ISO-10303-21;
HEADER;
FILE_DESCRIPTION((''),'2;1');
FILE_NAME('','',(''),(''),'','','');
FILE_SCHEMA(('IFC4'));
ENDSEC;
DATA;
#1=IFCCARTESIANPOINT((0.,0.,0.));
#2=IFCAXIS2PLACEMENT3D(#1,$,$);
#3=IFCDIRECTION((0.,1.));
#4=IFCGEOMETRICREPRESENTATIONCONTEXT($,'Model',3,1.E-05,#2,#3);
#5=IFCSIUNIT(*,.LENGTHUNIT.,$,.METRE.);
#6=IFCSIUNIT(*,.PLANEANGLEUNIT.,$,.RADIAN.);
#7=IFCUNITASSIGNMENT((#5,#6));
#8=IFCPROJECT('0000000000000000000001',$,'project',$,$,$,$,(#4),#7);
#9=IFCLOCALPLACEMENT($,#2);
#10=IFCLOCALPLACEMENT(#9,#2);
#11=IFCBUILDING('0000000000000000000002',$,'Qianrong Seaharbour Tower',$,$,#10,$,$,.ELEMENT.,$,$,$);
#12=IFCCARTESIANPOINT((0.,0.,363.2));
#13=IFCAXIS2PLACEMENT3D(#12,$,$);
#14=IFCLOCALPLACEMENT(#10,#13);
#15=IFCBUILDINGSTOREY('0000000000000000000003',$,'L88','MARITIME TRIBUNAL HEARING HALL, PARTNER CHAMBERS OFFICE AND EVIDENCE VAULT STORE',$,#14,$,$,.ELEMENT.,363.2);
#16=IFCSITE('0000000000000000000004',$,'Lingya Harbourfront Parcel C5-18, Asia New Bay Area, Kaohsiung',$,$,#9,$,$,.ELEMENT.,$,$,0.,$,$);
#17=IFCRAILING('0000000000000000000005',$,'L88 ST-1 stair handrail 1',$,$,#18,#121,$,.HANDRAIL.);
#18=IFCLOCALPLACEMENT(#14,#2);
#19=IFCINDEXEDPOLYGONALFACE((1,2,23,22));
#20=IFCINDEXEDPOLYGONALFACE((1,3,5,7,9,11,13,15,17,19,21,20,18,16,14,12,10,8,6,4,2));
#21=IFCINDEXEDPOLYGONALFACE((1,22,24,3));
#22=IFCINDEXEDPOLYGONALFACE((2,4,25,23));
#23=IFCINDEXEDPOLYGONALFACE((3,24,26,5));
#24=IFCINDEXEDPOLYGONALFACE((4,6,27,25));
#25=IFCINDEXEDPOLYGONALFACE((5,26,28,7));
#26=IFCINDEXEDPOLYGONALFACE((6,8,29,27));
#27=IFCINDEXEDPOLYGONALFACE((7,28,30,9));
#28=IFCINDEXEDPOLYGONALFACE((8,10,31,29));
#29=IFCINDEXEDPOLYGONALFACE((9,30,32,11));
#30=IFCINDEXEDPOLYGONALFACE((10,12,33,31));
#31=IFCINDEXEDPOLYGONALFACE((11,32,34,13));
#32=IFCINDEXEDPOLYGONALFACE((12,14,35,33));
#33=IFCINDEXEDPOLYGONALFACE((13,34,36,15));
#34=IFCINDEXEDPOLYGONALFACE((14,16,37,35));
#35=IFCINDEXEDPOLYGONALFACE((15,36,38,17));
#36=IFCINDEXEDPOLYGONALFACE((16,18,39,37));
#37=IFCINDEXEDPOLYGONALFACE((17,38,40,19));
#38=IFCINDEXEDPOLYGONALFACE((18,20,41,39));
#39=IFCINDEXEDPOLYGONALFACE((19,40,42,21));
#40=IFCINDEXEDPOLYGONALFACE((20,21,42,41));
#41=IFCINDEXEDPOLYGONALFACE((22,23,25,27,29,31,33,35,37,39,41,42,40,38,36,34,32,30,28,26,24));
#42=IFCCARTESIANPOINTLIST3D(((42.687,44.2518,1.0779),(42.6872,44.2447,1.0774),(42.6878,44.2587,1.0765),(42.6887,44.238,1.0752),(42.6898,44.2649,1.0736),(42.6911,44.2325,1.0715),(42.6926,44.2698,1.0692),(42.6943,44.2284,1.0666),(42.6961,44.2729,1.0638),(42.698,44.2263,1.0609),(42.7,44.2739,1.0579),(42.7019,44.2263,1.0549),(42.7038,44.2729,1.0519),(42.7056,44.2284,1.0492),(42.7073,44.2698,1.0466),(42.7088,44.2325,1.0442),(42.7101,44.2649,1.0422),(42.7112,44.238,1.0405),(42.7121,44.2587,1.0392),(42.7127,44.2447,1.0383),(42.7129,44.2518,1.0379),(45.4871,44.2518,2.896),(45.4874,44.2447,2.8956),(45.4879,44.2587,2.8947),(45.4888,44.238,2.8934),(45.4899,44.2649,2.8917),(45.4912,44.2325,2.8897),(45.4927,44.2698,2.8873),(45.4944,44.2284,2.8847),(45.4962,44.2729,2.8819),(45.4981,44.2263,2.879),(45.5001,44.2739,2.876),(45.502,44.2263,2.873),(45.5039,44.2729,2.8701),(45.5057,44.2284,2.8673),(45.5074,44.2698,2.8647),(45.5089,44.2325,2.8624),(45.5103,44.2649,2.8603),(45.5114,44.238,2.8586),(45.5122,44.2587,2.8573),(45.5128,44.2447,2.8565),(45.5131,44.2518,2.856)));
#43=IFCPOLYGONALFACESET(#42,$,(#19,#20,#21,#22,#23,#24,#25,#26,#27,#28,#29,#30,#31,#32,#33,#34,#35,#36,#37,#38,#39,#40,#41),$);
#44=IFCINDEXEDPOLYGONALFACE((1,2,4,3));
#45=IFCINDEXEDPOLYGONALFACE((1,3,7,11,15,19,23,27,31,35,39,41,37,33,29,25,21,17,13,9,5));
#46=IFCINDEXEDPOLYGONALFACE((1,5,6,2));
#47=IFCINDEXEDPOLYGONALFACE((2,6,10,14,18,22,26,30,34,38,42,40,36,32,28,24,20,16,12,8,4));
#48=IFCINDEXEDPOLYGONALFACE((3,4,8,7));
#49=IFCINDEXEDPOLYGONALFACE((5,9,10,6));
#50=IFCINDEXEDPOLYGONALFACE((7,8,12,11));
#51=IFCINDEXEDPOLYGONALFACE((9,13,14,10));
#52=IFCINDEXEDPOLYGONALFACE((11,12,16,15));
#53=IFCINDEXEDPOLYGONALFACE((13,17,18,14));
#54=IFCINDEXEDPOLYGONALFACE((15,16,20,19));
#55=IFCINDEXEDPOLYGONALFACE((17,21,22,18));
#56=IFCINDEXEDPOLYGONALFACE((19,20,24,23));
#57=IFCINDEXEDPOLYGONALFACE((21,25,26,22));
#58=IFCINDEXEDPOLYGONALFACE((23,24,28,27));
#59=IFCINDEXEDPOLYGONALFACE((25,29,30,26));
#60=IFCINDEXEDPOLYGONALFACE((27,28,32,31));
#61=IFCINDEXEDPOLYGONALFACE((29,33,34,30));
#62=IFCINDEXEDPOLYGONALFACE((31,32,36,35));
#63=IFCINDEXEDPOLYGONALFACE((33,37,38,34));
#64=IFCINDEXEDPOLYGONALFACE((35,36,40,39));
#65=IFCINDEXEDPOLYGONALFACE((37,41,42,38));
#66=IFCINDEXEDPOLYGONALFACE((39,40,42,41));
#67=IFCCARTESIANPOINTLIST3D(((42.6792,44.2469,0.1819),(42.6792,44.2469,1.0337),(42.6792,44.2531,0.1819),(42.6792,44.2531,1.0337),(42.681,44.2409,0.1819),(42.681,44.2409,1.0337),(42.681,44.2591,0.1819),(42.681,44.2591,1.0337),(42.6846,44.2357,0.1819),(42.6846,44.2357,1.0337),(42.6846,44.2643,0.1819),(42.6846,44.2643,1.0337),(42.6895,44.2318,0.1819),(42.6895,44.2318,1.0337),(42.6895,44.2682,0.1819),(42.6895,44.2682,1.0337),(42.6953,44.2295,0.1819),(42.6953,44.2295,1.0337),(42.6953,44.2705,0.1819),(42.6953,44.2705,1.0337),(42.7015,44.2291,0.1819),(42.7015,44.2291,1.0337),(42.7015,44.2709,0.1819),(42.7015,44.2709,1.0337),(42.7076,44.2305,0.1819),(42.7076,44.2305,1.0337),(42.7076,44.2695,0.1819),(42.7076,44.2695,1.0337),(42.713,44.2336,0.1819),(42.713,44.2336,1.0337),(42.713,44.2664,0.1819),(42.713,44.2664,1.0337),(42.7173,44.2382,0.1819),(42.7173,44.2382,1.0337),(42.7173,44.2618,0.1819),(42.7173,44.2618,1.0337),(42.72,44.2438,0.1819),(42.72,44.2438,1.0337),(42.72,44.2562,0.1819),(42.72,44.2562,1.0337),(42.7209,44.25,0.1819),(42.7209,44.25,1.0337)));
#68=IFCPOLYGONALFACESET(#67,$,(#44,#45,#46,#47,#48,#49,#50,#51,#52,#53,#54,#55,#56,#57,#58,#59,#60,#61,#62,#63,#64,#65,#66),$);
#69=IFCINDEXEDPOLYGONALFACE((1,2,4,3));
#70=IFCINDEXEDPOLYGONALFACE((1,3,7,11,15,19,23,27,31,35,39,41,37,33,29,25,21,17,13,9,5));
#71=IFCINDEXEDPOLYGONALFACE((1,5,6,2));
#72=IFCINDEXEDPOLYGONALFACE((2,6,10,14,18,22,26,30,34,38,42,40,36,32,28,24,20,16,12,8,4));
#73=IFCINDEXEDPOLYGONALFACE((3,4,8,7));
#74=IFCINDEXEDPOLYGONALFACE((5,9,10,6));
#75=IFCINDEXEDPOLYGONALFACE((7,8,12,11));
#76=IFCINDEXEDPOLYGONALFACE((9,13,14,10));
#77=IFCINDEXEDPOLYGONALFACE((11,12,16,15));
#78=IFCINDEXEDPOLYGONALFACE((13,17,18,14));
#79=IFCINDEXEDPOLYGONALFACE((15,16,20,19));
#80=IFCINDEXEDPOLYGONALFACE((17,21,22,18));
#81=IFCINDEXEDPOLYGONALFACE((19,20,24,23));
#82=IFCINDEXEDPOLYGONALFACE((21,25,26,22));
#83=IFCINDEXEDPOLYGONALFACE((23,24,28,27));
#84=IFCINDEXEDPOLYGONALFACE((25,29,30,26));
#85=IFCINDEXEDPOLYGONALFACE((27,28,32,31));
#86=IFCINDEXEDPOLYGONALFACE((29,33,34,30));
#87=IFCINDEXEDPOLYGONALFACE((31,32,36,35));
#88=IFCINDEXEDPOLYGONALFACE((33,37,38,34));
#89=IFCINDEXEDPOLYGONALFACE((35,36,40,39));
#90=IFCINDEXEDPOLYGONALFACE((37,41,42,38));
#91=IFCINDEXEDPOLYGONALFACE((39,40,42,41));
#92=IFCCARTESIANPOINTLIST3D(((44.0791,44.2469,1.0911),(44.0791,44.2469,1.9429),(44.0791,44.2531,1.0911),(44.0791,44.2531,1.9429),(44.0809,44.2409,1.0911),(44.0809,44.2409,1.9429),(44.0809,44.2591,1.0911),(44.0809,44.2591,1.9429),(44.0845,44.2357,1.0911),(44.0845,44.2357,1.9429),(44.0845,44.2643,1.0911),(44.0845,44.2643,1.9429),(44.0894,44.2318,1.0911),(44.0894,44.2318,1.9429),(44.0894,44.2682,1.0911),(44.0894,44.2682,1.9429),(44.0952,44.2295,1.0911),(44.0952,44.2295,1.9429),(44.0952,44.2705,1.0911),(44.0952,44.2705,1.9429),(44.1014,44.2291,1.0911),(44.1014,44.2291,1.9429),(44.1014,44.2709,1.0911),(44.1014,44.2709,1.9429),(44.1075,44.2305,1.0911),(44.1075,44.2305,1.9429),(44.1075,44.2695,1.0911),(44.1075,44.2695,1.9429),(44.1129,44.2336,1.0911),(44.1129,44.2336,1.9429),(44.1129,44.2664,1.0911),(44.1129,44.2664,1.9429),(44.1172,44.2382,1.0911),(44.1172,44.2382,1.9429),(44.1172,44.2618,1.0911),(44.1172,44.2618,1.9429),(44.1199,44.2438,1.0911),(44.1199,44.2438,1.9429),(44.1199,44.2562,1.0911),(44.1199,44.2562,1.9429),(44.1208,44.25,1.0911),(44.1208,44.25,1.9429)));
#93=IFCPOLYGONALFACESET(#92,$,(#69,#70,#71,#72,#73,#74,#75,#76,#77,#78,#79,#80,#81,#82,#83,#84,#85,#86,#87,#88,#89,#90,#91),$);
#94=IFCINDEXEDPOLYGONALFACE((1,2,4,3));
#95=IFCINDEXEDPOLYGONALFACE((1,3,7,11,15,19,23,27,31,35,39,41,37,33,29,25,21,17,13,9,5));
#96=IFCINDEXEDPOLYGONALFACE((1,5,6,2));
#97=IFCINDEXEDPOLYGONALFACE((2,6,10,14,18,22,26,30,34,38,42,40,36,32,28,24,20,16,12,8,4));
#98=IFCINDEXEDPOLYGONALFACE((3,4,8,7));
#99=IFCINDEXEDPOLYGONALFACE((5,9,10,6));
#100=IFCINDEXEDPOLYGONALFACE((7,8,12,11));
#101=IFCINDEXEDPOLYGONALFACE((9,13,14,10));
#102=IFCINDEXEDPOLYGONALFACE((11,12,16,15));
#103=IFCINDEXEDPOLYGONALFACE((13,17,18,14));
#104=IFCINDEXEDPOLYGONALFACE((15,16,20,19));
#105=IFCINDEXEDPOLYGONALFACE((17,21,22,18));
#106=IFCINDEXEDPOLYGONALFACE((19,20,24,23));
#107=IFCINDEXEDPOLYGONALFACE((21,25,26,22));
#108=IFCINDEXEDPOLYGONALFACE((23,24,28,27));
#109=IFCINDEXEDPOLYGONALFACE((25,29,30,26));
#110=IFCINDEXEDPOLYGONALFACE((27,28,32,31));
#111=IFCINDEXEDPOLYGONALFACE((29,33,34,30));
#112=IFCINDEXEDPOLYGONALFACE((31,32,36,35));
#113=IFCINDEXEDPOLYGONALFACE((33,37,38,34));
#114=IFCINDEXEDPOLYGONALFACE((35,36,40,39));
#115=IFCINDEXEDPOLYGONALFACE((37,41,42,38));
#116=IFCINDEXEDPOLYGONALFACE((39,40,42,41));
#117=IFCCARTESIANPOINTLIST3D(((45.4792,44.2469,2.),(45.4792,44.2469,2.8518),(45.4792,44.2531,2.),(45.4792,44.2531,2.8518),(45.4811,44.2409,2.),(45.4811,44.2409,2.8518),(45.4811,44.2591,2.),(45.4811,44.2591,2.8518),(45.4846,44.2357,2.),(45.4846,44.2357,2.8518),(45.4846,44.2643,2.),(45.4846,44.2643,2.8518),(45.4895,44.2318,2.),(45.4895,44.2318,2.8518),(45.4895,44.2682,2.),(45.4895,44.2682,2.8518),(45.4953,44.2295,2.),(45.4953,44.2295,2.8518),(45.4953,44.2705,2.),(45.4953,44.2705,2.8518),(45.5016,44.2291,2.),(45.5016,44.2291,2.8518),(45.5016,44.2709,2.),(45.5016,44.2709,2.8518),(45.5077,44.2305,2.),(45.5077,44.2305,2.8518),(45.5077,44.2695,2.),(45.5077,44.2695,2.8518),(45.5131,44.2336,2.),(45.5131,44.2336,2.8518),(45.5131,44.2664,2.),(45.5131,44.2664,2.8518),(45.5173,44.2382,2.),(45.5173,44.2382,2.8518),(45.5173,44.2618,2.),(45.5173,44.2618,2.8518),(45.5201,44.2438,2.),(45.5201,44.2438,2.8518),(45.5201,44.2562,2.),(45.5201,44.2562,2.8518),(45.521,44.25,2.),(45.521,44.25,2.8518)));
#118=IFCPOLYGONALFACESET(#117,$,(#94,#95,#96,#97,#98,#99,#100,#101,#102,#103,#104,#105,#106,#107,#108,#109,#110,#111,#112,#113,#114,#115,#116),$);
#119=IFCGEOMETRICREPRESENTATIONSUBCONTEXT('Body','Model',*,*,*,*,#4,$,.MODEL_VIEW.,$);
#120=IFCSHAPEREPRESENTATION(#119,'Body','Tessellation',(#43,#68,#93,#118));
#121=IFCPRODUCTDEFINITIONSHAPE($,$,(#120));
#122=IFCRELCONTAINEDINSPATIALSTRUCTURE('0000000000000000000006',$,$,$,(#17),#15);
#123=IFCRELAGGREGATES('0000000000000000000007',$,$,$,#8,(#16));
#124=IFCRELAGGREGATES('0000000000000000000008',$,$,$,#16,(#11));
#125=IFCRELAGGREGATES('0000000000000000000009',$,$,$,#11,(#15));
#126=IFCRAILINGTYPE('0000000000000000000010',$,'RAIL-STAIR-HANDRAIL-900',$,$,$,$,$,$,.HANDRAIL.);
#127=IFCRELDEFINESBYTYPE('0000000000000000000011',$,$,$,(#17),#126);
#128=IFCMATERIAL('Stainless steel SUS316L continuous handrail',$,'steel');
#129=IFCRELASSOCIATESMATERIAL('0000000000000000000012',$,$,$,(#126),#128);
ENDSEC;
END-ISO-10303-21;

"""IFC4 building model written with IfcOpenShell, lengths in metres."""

from ifc_helpers import new_model, si_unit, direction, frame, origin, origin_2d, place, context, subcontext, project, spatial, circle, extrude, material, type_object, element, save


model = new_model("IFC4")

# Units and contexts
model_context = context("Model", 3, precision=1e-05, world=origin(), true_north=direction((0.0, 1.0)))
body_context = subcontext(model_context, "Body", "Model", "MODEL_VIEW")
ifc_project = project(units=[si_unit("LENGTHUNIT", "METRE"), si_unit("PLANEANGLEUNIT", "RADIAN")], contexts=[model_context])

# Site, building, storey
site_placement = place(None, origin())
site = spatial("IfcSite", under=ifc_project, at=site_placement, Name="Lingya Harbourfront Parcel C5-18, Asia New Bay Area, Kaohsiung", CompositionType="ELEMENT", RefElevation=0.0)
building_placement = place(site_placement, origin())
building = spatial("IfcBuilding", under=site, at=building_placement, Name="Qianrong Seaharbour Tower", CompositionType="ELEMENT")
storey_placement = place(building_placement, frame((0.0, 0.0, 363.2)))
storey = spatial("IfcBuildingStorey", under=building, at=storey_placement, Name="L88", Description="MARITIME TRIBUNAL HEARING HALL, PARTNER CHAMBERS OFFICE AND EVIDENCE VAULT STORE", CompositionType="ELEMENT", Elevation=363.2)

# Railing
ifc_material_1 = material(Name="Stainless steel SUS316L continuous handrail", Category="steel")
railing_type_1 = type_object("IfcRailingType", Name="RAIL-STAIR-HANDRAIL-900", PredefinedType="HANDRAIL", material=ifc_material_1)
railing_1_placement = place(storey_placement, frame((42.7, 44.25, 0.1819)))
element("IfcRailing", 1, at=railing_1_placement, inside=storey, type_object=railing_type_1, Name="L88 ST-1 stair handrail 1", PredefinedType="HANDRAIL", context=body_context, shape_type="SweptSolid", body=[
    extrude(circle(Radius=0.0239, at=origin_2d()), frame((0.0, 0.0, 0.876), z_axis=(0.838706, 0.0, 0.544585), x_axis=(0.0, 1.0, 0.0)), (0.0, 0.0, 1.0), 3.3386),
    extrude(circle(Radius=0.021, at=origin_2d()), origin(), (0.0, 0.0, 1.0), 0.8518),
    extrude(circle(Radius=0.021, at=origin_2d()), frame((1.3999, 0.0, 0.9092)), (0.0, 0.0, 1.0), 0.8518),
    extrude(circle(Radius=0.021, at=origin_2d()), frame((2.8, 0.0, 1.8181)), (0.0, 0.0, 1.0), 0.8518),
])

save(model, "model.ifc")
